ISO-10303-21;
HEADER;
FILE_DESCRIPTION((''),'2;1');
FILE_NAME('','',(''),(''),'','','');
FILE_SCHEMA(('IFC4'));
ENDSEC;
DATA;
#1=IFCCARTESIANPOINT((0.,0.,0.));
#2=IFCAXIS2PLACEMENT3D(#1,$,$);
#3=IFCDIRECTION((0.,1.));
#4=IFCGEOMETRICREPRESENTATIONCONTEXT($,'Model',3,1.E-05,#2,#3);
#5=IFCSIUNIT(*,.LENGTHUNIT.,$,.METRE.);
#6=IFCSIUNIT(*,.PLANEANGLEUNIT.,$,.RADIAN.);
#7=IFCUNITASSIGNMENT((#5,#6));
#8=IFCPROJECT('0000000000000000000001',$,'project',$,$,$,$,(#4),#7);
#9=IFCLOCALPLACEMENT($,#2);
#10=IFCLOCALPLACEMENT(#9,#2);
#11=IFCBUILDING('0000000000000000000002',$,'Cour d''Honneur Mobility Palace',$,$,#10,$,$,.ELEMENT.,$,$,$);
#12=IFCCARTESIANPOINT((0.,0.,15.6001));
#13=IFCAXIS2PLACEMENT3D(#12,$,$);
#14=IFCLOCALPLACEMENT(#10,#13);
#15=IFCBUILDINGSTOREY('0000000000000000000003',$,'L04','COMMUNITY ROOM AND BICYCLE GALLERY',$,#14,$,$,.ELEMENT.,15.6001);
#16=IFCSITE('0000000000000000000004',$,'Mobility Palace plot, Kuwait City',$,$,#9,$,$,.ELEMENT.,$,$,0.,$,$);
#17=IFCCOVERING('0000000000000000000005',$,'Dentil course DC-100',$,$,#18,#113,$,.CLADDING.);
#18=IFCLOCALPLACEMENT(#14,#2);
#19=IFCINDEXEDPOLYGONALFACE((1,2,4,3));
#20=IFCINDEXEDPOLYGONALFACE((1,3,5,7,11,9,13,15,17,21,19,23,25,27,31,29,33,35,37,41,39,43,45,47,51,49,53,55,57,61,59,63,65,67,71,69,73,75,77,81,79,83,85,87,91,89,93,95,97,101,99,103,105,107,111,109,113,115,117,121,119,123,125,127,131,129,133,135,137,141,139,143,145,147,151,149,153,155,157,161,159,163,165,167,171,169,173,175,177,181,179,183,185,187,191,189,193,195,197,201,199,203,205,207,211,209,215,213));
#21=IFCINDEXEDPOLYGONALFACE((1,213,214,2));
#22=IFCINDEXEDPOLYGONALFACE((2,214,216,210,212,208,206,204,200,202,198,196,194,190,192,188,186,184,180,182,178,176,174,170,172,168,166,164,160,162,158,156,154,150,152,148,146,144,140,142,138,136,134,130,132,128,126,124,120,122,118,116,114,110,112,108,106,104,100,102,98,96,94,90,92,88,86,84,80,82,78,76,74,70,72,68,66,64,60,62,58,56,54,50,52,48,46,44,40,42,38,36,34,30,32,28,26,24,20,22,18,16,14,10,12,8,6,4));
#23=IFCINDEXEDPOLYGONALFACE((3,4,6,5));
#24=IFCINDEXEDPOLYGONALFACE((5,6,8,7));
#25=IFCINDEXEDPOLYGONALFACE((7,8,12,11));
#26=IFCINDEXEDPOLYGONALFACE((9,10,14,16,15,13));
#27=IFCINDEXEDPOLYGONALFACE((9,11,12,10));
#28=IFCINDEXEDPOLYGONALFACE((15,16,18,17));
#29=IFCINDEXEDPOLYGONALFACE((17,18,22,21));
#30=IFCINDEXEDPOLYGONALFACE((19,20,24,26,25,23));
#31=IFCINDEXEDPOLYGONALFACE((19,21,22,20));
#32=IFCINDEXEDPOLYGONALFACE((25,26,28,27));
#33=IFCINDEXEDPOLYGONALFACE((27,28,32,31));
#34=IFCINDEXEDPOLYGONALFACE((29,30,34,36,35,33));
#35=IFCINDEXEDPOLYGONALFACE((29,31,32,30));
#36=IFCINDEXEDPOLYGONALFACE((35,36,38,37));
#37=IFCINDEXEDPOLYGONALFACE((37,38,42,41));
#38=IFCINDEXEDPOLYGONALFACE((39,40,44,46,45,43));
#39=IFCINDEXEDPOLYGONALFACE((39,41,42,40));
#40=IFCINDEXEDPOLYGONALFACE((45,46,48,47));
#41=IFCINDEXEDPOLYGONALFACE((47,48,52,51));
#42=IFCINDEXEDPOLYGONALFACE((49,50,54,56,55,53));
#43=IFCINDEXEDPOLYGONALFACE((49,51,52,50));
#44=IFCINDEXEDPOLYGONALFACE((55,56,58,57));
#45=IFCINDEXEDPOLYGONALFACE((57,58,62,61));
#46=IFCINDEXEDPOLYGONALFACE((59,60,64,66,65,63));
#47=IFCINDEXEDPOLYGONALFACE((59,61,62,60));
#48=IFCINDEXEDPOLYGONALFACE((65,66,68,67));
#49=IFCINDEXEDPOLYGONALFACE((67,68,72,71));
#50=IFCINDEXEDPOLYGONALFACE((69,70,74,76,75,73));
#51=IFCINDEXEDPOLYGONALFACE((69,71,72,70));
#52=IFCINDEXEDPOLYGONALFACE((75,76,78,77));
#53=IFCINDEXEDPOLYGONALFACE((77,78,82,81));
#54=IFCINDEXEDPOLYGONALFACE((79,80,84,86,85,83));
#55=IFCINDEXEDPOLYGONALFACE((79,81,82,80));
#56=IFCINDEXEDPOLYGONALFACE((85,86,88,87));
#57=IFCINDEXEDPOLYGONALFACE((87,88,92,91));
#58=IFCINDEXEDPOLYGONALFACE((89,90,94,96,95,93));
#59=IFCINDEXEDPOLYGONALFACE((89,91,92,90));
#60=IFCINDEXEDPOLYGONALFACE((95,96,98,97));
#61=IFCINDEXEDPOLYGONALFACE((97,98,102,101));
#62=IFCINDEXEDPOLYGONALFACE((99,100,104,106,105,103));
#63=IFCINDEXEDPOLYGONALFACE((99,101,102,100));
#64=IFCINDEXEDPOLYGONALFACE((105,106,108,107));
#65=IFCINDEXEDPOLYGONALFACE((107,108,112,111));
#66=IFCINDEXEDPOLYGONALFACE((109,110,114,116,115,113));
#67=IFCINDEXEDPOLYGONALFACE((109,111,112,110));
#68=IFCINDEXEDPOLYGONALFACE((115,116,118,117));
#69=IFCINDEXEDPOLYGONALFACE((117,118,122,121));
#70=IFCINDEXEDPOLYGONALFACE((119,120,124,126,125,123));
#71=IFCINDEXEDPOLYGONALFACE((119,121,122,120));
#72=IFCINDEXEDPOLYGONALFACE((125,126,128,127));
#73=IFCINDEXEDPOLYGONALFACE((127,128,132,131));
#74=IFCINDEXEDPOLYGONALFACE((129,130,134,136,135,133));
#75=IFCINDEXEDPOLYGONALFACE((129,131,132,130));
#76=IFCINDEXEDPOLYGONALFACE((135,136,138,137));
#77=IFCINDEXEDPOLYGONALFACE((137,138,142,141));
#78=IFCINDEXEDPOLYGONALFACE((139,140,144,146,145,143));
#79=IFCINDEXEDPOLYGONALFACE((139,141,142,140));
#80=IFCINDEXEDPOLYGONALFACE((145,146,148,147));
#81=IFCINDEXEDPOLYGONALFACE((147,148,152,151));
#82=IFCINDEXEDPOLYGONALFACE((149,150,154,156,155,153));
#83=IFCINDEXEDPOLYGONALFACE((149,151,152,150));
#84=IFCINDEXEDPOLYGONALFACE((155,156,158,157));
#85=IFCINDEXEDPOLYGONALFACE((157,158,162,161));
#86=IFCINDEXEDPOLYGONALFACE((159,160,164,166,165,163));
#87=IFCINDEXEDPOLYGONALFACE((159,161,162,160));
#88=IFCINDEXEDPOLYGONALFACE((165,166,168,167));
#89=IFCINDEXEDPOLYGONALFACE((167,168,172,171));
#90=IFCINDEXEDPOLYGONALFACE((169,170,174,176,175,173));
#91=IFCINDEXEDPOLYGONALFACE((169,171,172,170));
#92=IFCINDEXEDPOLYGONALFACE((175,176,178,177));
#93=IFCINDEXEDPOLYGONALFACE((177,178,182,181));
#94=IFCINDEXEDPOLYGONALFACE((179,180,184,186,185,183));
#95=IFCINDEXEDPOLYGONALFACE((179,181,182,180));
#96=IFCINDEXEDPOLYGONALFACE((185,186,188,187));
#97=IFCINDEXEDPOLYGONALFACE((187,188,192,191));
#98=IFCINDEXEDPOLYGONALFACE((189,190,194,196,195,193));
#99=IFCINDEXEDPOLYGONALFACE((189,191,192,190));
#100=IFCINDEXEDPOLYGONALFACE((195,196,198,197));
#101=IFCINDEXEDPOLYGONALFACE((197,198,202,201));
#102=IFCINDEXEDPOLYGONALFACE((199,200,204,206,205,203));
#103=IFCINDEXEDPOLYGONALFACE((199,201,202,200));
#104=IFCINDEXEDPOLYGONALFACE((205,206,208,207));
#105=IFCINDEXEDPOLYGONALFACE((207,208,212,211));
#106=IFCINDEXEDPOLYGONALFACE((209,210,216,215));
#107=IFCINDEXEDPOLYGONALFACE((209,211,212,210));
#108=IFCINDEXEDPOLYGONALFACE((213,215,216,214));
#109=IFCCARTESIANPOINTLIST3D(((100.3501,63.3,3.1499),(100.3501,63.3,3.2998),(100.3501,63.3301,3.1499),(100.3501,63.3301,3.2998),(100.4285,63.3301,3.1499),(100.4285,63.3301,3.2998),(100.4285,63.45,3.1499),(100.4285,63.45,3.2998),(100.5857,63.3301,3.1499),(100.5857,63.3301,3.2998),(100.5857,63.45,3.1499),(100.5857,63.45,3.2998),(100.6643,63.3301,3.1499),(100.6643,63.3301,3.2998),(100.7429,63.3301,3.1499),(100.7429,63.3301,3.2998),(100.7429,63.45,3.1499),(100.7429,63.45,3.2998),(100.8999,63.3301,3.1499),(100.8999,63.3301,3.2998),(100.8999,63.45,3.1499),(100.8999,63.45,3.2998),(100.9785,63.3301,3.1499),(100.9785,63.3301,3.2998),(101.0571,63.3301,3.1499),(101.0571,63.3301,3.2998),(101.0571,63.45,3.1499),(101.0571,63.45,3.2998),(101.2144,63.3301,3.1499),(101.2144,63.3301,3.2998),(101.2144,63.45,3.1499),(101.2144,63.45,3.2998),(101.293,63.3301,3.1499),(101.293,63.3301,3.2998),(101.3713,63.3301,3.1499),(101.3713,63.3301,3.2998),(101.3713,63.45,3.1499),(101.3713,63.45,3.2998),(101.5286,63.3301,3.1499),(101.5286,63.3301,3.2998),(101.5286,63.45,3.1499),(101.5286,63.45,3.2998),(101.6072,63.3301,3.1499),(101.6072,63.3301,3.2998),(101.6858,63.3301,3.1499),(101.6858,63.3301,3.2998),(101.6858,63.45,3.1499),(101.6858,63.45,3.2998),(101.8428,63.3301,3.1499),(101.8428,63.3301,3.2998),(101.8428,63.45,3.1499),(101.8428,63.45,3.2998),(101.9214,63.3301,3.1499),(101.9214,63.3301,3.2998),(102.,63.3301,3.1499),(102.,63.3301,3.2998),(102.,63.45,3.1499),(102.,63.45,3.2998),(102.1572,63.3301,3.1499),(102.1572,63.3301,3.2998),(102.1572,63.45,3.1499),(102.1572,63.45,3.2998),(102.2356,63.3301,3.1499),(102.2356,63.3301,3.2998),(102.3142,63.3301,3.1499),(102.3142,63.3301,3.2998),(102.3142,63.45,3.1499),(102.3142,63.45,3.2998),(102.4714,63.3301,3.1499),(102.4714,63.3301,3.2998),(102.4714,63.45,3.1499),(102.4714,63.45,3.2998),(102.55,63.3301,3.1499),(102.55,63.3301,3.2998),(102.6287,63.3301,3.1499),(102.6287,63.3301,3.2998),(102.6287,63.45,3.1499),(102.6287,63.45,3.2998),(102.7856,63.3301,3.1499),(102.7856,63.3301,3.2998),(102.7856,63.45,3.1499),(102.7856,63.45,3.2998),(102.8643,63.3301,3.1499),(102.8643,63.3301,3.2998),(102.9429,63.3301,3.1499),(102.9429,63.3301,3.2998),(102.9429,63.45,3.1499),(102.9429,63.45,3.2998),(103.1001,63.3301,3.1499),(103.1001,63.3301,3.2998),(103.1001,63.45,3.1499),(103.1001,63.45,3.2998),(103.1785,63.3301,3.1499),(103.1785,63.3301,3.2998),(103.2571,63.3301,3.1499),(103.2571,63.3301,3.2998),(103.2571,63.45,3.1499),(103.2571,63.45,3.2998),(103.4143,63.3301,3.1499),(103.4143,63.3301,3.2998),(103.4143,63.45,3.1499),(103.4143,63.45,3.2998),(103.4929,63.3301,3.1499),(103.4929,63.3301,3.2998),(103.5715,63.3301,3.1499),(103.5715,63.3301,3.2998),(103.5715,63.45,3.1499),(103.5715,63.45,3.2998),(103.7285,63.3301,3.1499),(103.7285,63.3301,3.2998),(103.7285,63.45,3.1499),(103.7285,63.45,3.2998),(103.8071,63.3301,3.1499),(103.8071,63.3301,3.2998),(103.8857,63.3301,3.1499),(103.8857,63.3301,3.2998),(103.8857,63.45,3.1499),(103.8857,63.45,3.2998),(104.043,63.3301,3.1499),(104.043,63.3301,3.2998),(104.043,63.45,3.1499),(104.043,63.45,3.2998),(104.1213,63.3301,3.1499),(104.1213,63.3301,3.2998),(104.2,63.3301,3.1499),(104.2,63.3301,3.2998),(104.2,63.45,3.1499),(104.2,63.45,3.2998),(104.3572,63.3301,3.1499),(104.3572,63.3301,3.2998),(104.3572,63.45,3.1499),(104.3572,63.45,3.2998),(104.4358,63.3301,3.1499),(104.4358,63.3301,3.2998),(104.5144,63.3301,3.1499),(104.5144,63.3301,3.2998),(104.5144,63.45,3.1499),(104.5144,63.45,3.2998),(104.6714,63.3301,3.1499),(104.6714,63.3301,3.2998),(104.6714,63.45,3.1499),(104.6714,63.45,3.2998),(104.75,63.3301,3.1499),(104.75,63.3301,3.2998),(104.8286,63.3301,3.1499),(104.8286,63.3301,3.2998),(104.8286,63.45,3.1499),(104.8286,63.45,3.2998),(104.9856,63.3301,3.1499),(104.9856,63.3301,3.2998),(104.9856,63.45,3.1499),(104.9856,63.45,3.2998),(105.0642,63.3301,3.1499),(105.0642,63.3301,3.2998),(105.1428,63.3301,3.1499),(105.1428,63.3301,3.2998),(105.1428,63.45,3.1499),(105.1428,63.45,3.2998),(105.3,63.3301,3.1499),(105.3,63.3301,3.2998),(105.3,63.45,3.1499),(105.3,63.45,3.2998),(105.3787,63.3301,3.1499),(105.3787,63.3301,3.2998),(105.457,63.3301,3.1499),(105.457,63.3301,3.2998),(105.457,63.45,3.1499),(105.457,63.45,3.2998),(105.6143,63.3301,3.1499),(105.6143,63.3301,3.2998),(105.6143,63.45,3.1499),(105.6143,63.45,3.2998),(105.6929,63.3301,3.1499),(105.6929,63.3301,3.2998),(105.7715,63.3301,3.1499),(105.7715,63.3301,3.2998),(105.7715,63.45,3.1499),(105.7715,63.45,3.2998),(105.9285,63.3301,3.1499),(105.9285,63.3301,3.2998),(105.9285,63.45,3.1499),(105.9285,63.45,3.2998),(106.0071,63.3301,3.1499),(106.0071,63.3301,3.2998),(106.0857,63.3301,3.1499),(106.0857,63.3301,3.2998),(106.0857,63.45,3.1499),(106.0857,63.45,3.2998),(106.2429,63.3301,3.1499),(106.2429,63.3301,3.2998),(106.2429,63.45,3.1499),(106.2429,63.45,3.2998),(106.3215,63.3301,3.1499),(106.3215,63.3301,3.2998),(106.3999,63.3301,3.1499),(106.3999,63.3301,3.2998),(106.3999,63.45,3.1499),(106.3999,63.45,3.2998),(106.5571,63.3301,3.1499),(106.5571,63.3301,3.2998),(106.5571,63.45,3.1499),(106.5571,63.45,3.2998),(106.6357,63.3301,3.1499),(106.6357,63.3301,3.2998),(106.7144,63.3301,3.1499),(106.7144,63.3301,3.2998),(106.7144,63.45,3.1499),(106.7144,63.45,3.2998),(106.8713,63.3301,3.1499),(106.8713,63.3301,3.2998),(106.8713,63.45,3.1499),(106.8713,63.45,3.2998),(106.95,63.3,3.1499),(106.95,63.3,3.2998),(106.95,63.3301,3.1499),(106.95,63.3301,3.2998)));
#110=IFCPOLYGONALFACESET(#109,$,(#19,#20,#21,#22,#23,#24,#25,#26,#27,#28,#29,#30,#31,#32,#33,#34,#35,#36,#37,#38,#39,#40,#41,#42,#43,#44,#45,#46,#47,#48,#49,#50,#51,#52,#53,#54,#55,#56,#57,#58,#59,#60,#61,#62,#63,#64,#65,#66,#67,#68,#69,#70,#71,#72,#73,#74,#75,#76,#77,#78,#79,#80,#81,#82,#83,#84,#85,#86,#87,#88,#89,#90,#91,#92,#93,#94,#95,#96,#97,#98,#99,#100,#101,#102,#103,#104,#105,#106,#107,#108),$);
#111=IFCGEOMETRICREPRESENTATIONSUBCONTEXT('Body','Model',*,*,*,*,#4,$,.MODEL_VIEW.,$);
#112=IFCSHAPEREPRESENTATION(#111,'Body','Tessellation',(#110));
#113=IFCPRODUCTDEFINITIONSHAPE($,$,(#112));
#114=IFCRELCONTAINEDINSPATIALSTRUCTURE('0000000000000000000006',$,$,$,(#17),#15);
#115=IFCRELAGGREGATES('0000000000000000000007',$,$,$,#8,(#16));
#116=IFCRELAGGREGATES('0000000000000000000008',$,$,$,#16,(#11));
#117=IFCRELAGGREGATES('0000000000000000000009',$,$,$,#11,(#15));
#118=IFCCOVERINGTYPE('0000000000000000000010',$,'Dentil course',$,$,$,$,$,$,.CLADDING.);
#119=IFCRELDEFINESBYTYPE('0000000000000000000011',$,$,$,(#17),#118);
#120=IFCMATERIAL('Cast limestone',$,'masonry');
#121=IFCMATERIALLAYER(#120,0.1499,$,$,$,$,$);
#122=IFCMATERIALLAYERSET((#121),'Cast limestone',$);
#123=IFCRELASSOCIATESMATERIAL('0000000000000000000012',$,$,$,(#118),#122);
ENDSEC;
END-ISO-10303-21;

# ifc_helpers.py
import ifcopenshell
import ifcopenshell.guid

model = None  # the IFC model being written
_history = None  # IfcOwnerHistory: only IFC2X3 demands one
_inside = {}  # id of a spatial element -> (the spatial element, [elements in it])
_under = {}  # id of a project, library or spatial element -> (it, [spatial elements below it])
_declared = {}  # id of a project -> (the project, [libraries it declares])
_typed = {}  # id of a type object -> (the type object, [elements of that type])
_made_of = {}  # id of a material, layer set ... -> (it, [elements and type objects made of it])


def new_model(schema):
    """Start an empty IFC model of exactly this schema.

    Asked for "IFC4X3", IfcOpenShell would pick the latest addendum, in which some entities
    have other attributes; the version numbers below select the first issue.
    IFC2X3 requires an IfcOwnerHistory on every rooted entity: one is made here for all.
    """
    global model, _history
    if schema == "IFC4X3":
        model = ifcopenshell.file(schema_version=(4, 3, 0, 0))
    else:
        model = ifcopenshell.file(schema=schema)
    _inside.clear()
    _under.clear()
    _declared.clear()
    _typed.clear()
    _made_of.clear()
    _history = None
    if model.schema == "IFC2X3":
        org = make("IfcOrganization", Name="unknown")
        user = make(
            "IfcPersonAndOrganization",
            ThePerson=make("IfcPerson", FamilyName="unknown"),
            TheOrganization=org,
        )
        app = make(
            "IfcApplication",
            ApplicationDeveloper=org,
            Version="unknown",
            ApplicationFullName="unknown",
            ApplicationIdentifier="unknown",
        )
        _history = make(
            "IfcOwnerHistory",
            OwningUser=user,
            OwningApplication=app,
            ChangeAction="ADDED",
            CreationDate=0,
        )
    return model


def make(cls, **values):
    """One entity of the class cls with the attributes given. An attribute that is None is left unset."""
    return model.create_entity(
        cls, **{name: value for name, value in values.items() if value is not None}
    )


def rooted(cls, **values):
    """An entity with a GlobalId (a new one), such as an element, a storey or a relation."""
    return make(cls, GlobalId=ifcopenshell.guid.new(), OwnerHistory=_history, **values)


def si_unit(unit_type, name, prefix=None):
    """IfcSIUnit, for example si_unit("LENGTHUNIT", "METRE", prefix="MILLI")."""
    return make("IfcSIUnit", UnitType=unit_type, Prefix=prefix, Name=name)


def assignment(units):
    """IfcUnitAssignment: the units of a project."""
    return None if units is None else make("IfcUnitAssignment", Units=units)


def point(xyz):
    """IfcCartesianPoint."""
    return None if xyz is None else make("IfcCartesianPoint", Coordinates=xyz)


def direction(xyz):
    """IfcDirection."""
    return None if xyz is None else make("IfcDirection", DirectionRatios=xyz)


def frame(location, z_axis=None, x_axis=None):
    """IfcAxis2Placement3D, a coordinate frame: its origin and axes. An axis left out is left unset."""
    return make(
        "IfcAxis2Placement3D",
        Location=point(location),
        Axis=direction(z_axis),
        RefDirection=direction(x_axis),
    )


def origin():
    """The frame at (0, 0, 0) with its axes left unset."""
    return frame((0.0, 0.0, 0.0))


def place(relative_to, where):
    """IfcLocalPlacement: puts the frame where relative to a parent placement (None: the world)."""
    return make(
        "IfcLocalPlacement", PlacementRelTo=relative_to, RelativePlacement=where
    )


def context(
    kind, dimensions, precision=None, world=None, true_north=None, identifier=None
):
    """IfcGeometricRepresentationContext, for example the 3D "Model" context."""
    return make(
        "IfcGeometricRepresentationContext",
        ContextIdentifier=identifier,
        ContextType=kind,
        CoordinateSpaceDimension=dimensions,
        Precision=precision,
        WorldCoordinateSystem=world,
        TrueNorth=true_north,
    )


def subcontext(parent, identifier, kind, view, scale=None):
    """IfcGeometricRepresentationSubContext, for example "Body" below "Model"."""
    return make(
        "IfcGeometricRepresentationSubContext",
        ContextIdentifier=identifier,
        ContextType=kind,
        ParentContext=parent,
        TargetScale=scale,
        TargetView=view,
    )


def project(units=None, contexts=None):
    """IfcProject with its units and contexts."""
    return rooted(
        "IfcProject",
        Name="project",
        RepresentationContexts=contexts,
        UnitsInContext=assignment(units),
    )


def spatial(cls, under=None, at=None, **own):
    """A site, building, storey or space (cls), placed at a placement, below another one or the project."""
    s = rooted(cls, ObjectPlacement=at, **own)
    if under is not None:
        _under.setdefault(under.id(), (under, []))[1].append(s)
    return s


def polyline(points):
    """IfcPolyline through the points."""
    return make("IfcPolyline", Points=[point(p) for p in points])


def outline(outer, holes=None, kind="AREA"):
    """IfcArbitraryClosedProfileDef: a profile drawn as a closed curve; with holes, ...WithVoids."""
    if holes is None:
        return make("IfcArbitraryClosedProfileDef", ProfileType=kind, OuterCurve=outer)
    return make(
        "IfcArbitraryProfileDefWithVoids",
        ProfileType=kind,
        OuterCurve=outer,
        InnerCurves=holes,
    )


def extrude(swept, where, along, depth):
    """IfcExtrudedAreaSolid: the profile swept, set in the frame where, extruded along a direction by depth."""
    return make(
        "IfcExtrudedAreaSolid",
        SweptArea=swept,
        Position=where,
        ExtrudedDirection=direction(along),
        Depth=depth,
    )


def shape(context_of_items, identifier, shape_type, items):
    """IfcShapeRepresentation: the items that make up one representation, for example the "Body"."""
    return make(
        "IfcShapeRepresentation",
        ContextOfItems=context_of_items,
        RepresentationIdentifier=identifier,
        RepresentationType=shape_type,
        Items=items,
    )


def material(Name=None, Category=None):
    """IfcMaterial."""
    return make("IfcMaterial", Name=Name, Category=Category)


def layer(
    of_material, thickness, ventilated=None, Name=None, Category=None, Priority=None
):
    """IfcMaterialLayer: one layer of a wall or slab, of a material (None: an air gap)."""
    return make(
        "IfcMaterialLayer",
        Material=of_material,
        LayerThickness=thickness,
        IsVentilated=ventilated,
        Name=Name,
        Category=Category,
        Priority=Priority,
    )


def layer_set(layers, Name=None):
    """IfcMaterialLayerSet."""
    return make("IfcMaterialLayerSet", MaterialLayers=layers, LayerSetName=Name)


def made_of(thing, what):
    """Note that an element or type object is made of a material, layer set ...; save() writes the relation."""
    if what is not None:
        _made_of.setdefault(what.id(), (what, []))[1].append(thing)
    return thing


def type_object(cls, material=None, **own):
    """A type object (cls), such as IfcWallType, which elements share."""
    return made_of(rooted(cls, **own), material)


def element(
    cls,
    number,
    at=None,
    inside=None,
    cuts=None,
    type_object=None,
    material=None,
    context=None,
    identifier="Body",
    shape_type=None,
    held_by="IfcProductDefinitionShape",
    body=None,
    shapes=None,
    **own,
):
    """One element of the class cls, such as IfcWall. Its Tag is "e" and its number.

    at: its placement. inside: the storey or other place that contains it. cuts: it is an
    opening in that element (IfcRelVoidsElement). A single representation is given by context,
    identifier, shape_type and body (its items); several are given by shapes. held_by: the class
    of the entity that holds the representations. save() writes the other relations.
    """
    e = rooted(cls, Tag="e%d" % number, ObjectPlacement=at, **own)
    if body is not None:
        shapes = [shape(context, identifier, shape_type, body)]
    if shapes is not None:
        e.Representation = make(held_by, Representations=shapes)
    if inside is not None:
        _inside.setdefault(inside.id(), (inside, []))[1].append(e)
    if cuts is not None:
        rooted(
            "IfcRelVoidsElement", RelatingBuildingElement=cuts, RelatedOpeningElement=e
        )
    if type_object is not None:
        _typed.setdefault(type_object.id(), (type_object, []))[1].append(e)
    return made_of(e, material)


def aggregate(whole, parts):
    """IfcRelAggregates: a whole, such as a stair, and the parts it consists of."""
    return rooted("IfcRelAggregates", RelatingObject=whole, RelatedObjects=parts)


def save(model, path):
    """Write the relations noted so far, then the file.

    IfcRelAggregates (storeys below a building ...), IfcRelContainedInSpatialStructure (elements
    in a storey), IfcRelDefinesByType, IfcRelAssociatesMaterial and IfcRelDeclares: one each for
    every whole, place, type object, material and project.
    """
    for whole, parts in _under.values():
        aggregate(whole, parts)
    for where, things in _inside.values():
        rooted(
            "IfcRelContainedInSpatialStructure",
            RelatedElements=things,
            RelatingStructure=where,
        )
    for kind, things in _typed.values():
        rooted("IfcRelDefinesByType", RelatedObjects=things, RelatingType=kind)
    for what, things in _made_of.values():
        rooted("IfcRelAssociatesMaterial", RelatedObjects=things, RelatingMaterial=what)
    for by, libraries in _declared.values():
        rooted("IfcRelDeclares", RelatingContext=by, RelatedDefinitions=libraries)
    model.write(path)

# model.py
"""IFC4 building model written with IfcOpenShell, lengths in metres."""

from ifc_helpers import new_model, si_unit, direction, frame, origin, place, context, subcontext, project, spatial, polyline, outline, extrude, material, layer, layer_set, type_object, element, save


model = new_model("IFC4")

# Units and contexts
model_context = context("Model", 3, precision=1e-05, world=origin(), true_north=direction((0.0, 1.0)))
body_context = subcontext(model_context, "Body", "Model", "MODEL_VIEW")
ifc_project = project(units=[si_unit("LENGTHUNIT", "METRE"), si_unit("PLANEANGLEUNIT", "RADIAN")], contexts=[model_context])

# Site, building, storey
site_placement = place(None, origin())
site = spatial("IfcSite", under=ifc_project, at=site_placement, Name="Mobility Palace plot, Kuwait City", CompositionType="ELEMENT", RefElevation=0.0)
building_placement = place(site_placement, origin())
building = spatial("IfcBuilding", under=site, at=building_placement, Name="Cour d'Honneur Mobility Palace", CompositionType="ELEMENT")
storey_placement = place(building_placement, frame((0.0, 0.0, 15.6001)))
storey = spatial("IfcBuildingStorey", under=building, at=storey_placement, Name="L04", Description="COMMUNITY ROOM AND BICYCLE GALLERY", CompositionType="ELEMENT", Elevation=15.6001)

# Covering
ifc_material = material(Name="Cast limestone", Category="masonry")
ifc_layer = layer(ifc_material, 0.1499)
ifc_layer_set = layer_set([ifc_layer], Name="Cast limestone")
covering_type = type_object("IfcCoveringType", Name="Dentil course", PredefinedType="CLADDING", material=ifc_layer_set)
covering_1_placement = place(storey_placement, frame((0.0, 0.0, 3.1499)))
element("IfcCovering", 1, at=covering_1_placement, inside=storey, type_object=covering_type, Name="Dentil course DC-100", PredefinedType="CLADDING", context=body_context, shape_type="SweptSolid", body=[
    extrude(outline(polyline([(106.95, 63.3), (100.3501, 63.3), (100.3501, 63.3301), (100.3501, 63.3301), (100.4285, 63.3301), (100.4285, 63.45), (100.5857, 63.45), (100.5857, 63.3301), (100.6643, 63.3301), (100.6643, 63.3301), (100.7429, 63.3301), (100.7429, 63.45), (100.8999, 63.45), (100.8999, 63.3301), (100.9785, 63.3301), (100.9785, 63.3301), (101.0571, 63.3301), (101.0571, 63.45), (101.2144, 63.45), (101.2144, 63.3301), (101.293, 63.3301), (101.293, 63.3301), (101.3713, 63.3301), (101.3713, 63.45), (101.5286, 63.45), (101.5286, 63.3301), (101.6072, 63.3301), (101.6072, 63.3301), (101.6858, 63.3301), (101.6858, 63.45), (101.8428, 63.45), (101.8428, 63.3301), (101.9214, 63.3301), (101.9214, 63.3301), (102.0, 63.3301), (102.0, 63.45), (102.1572, 63.45), (102.1572, 63.3301), (102.2356, 63.3301), (102.2356, 63.3301), (102.3142, 63.3301), (102.3142, 63.45), (102.4714, 63.45), (102.4714, 63.3301), (102.55, 63.3301), (102.55, 63.3301), (102.6287, 63.3301), (102.6287, 63.45), (102.7856, 63.45), (102.7856, 63.3301), (102.8643, 63.3301), (102.8643, 63.3301), (102.9429, 63.3301), (102.9429, 63.45), (103.1001, 63.45), (103.1001, 63.3301), (103.1785, 63.3301), (103.1785, 63.3301), (103.2571, 63.3301), (103.2571, 63.45), (103.4143, 63.45), (103.4143, 63.3301), (103.4929, 63.3301), (103.4929, 63.3301), (103.5715, 63.3301), (103.5715, 63.45), (103.7285, 63.45), (103.7285, 63.3301), (103.8071, 63.3301), (103.8071, 63.3301), (103.8857, 63.3301), (103.8857, 63.45), (104.043, 63.45), (104.043, 63.3301), (104.1213, 63.3301), (104.1213, 63.3301), (104.2, 63.3301), (104.2, 63.45), (104.3572, 63.45), (104.3572, 63.3301), (104.4358, 63.3301), (104.4358, 63.3301), (104.5144, 63.3301), (104.5144, 63.45), (104.6714, 63.45), (104.6714, 63.3301), (104.75, 63.3301), (104.75, 63.3301), (104.8286, 63.3301), (104.8286, 63.45), (104.9856, 63.45), (104.9856, 63.3301), (105.0642, 63.3301), (105.0642, 63.3301), (105.1428, 63.3301), (105.1428, 63.45), (105.3, 63.45), (105.3, 63.3301), (105.3787, 63.3301), (105.3787, 63.3301), (105.457, 63.3301), (105.457, 63.45), (105.6143, 63.45), (105.6143, 63.3301), (105.6929, 63.3301), (105.6929, 63.3301), (105.7715, 63.3301), (105.7715, 63.45), (105.9285, 63.45), (105.9285, 63.3301), (106.0071, 63.3301), (106.0071, 63.3301), (106.0857, 63.3301), (106.0857, 63.45), (106.2429, 63.45), (106.2429, 63.3301), (106.3215, 63.3301), (106.3215, 63.3301), (106.3999, 63.3301), (106.3999, 63.45), (106.5571, 63.45), (106.5571, 63.3301), (106.6357, 63.3301), (106.6357, 63.3301), (106.7144, 63.3301), (106.7144, 63.45), (106.8713, 63.45), (106.8713, 63.3301), (106.95, 63.3301), (106.95, 63.3)])), origin(), (0.0, 0.0, 1.0), 0.1499),
])

save(model, "model.ifc")
